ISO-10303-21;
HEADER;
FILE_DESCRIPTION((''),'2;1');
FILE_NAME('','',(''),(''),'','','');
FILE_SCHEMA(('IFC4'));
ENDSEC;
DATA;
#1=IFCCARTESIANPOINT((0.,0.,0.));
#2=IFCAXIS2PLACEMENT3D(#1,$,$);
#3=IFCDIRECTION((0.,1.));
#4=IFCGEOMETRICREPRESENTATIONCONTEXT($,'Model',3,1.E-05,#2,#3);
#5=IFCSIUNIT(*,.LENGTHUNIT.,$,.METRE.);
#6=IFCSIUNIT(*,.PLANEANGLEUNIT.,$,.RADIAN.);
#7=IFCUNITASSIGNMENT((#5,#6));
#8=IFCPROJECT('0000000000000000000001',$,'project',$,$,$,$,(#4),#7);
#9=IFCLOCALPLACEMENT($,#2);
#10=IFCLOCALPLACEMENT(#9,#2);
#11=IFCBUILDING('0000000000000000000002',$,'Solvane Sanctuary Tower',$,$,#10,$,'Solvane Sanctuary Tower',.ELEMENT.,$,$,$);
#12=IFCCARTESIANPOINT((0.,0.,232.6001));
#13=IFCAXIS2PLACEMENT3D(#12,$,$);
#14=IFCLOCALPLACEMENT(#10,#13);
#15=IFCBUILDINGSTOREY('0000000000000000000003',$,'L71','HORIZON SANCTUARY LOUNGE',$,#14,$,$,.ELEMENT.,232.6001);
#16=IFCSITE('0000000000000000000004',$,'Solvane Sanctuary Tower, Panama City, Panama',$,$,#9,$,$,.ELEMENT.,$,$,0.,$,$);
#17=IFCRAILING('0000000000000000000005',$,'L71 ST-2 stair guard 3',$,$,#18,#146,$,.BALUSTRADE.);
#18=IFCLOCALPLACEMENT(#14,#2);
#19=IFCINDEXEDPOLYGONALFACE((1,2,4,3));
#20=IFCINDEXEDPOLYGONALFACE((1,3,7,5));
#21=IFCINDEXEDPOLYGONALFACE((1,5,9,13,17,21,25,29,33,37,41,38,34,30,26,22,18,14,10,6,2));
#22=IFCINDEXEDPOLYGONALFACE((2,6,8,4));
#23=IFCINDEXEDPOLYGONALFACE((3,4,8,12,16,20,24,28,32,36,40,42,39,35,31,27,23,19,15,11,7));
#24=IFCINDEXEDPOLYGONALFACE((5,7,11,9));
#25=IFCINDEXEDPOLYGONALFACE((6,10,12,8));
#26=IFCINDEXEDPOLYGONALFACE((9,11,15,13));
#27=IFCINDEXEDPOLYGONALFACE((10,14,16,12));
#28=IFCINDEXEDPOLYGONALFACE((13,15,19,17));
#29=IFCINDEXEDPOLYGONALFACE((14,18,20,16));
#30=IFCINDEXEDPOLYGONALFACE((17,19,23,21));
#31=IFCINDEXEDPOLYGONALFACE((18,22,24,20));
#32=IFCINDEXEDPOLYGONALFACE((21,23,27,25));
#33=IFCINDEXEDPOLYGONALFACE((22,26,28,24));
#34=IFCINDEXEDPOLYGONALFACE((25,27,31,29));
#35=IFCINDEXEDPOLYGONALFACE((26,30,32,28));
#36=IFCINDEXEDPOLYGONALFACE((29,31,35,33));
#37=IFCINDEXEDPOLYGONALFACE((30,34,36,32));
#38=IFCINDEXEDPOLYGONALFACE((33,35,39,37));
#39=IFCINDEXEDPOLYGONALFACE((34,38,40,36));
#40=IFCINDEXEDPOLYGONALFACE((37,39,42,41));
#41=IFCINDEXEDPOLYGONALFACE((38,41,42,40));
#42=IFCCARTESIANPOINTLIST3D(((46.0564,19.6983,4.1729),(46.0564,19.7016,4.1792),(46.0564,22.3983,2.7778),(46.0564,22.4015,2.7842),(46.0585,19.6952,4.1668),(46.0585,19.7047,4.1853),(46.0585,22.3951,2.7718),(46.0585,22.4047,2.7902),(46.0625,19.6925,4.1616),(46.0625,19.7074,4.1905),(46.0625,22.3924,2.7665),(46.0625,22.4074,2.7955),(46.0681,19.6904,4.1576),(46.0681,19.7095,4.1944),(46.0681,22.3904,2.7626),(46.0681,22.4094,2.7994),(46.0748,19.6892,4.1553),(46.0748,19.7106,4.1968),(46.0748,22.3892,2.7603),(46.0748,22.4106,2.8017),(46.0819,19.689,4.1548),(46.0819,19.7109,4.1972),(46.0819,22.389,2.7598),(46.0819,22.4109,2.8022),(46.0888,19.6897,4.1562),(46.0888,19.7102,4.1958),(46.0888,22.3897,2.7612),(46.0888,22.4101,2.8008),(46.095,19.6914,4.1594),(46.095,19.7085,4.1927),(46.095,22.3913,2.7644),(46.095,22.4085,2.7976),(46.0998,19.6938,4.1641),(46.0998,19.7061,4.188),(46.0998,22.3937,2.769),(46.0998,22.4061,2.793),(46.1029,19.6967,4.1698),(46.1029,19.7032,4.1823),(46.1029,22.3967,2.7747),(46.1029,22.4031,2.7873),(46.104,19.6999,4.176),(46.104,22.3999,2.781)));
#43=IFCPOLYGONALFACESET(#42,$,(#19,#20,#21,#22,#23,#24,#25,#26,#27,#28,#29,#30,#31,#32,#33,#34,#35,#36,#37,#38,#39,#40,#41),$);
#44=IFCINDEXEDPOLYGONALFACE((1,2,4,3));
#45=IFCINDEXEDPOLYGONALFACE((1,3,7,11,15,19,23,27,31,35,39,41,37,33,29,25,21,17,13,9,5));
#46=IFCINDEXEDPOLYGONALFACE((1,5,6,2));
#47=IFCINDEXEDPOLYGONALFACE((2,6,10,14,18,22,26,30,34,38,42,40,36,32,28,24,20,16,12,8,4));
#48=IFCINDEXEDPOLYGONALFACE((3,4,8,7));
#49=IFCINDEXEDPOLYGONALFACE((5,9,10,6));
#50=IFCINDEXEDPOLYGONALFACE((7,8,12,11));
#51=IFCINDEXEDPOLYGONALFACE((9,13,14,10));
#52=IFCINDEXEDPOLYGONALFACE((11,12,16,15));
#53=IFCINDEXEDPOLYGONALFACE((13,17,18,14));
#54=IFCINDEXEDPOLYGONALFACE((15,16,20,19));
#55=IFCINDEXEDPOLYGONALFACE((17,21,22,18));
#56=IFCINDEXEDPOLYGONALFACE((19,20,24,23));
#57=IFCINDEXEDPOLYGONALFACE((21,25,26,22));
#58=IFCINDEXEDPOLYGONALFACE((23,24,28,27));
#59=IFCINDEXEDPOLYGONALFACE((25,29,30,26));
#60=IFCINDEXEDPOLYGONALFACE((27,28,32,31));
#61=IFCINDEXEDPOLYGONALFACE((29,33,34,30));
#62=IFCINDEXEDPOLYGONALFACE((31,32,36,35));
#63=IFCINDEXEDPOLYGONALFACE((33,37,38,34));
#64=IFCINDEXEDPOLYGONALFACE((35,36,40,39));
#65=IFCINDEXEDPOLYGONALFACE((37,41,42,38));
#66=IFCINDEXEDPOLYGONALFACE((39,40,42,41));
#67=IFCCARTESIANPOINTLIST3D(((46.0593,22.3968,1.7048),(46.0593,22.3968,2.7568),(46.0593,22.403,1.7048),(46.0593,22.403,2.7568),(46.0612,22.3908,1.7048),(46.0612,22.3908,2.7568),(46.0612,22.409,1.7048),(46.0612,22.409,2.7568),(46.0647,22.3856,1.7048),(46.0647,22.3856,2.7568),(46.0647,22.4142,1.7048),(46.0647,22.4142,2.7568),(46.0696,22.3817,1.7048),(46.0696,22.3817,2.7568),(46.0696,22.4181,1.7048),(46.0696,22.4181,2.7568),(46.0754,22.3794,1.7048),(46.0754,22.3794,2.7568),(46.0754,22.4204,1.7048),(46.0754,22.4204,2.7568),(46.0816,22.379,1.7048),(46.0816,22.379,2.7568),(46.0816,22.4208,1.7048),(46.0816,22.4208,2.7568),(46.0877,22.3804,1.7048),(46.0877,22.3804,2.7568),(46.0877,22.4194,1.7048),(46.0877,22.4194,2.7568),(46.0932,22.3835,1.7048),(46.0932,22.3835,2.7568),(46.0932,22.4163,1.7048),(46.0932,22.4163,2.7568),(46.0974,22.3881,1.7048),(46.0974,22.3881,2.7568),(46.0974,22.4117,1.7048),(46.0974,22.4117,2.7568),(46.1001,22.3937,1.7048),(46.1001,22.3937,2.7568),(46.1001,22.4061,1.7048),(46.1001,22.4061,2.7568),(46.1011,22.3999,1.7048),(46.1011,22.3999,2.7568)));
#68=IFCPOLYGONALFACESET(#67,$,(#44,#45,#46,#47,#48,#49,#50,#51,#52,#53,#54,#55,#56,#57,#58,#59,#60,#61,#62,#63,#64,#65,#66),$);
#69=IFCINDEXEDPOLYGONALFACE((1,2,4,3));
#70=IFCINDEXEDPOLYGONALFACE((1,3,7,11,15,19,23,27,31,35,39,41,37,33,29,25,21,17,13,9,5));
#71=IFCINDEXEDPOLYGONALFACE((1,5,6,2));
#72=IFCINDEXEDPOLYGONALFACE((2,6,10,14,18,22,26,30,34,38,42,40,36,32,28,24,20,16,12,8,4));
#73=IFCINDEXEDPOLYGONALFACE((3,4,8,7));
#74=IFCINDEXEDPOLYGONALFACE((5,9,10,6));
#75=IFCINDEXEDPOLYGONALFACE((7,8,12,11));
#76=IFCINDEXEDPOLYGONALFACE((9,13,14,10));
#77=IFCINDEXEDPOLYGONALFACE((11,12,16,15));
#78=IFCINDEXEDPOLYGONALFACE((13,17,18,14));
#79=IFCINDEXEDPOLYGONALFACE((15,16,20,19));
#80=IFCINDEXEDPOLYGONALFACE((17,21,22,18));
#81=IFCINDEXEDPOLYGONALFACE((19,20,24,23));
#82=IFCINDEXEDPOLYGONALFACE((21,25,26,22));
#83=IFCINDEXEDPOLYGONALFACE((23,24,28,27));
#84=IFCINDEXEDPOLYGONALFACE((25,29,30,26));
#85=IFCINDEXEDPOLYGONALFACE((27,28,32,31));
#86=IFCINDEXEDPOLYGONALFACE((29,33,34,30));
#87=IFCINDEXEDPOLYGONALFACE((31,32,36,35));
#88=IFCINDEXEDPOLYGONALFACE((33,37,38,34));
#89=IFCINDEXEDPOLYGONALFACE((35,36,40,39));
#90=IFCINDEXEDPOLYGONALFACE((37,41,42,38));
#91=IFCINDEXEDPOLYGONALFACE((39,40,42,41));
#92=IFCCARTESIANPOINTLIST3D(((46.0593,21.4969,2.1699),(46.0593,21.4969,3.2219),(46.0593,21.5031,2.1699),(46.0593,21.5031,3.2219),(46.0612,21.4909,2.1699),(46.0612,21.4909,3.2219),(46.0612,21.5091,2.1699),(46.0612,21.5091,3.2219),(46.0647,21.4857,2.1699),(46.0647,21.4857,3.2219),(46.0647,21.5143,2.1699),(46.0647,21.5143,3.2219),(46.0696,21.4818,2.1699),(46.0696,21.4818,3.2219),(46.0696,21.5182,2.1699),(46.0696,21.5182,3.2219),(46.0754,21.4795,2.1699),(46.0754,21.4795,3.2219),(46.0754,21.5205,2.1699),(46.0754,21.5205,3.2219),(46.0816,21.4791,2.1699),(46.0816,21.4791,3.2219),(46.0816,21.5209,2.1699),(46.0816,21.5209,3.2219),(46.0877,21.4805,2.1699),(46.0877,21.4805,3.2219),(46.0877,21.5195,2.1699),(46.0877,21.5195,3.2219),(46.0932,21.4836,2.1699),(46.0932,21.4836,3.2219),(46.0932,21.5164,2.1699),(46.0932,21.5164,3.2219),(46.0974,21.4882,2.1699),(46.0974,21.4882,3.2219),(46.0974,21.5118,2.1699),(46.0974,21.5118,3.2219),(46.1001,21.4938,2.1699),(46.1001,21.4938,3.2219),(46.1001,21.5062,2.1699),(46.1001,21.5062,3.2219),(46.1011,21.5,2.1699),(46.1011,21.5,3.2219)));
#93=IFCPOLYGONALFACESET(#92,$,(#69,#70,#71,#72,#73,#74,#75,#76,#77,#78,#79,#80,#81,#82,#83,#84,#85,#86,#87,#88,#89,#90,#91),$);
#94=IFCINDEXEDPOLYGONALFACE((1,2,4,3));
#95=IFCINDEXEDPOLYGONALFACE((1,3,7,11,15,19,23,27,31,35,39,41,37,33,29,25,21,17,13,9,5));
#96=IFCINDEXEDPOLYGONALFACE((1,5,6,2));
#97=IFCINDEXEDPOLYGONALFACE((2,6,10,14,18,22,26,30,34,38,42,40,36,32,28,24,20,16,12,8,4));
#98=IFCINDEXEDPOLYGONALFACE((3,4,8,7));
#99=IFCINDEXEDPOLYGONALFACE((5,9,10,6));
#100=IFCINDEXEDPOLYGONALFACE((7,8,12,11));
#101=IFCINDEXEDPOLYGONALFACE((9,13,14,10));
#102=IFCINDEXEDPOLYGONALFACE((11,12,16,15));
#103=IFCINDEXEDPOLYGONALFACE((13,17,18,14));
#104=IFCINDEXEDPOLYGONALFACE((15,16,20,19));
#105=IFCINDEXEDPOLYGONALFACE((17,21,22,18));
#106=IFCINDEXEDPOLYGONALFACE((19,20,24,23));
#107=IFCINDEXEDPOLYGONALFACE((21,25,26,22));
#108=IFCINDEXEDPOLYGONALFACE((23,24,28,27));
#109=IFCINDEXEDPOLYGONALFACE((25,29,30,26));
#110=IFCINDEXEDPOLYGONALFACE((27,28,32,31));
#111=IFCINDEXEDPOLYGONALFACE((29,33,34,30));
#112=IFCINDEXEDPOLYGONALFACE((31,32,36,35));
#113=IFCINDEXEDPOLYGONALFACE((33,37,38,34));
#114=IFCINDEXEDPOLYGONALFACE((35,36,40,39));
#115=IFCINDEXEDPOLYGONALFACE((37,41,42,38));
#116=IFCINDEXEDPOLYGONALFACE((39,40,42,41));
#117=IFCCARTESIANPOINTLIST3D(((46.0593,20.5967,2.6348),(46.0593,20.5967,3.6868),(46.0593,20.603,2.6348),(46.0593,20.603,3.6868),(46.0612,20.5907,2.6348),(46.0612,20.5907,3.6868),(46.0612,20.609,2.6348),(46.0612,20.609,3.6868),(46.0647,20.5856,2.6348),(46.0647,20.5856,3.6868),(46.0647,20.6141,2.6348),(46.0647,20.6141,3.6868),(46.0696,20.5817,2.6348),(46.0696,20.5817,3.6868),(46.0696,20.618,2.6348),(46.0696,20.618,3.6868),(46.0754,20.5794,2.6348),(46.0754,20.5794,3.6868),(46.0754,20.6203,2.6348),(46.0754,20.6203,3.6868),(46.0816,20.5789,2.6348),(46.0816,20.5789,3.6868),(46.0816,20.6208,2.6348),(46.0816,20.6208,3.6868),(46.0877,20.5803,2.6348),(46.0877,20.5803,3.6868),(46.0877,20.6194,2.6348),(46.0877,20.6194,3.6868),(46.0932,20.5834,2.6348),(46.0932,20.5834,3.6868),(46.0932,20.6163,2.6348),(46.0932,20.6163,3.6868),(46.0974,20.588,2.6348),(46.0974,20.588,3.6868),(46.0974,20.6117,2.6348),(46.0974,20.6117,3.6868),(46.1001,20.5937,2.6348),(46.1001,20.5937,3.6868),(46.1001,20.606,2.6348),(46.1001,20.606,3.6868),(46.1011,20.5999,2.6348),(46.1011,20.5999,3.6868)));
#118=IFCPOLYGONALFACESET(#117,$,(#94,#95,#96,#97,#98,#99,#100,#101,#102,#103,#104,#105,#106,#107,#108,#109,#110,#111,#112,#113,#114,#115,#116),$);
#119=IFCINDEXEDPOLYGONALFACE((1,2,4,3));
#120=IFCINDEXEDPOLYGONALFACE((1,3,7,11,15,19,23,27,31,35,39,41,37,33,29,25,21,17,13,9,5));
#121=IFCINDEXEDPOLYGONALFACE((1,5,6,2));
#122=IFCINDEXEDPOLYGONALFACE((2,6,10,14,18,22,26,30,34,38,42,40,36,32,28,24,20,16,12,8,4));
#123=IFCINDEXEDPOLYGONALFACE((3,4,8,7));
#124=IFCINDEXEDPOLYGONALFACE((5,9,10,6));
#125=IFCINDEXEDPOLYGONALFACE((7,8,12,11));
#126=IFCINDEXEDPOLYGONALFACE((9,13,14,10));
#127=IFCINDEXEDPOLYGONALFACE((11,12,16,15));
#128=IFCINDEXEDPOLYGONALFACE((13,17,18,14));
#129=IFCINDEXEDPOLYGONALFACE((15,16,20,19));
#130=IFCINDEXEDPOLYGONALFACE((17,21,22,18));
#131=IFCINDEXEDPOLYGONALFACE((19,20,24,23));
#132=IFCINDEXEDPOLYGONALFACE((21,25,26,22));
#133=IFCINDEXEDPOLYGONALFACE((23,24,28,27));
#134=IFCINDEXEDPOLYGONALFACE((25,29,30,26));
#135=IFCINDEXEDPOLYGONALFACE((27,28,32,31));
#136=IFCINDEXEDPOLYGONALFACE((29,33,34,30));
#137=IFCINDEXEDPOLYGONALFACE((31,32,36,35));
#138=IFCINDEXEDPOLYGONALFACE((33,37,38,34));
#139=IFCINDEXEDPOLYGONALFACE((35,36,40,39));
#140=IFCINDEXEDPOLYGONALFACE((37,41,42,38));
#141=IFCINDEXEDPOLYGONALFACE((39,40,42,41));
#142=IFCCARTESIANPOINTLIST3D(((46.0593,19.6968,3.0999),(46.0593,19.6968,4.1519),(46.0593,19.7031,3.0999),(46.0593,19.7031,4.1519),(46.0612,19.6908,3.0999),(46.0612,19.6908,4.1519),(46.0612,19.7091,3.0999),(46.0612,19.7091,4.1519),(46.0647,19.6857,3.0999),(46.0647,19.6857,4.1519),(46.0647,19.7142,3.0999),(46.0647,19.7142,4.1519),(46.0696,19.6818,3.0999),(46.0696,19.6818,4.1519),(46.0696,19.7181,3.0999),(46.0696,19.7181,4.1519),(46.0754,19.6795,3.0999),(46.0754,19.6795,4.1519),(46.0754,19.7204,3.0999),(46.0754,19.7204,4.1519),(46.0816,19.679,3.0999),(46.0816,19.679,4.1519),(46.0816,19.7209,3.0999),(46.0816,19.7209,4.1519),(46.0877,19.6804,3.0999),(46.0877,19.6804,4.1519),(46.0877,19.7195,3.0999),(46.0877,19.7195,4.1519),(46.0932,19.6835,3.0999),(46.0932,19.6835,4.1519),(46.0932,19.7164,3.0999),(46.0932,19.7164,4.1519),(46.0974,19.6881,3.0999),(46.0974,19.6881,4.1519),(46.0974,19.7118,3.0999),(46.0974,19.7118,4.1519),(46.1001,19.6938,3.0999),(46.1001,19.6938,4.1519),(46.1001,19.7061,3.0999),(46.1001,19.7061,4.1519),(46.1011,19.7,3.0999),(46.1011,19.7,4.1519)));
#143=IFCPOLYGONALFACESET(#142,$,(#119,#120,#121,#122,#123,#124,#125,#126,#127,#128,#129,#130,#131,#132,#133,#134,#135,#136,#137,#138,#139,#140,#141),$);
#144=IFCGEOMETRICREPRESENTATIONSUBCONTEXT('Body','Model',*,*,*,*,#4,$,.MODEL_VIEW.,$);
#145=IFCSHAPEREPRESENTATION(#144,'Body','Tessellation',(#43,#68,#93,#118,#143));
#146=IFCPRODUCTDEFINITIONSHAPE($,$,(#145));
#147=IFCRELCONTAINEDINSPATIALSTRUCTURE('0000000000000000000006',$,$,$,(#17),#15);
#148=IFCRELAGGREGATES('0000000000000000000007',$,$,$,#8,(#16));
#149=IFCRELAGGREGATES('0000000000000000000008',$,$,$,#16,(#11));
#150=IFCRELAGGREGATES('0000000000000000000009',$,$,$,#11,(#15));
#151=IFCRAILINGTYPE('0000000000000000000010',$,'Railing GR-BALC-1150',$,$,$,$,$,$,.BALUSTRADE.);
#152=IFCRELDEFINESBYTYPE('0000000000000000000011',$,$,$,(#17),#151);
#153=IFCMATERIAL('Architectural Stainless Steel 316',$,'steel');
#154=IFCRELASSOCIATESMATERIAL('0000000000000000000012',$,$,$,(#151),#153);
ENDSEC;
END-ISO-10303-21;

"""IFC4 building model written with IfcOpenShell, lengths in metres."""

from ifc_helpers import new_model, si_unit, direction, frame, origin, origin_2d, place, context, subcontext, project, spatial, circle, extrude, material, type_object, element, save


model = new_model("IFC4")

# Units and contexts
model_context = context("Model", 3, precision=1e-05, world=origin(), true_north=direction((0.0, 1.0)))
body_context = subcontext(model_context, "Body", "Model", "MODEL_VIEW")
ifc_project = project(units=[si_unit("LENGTHUNIT", "METRE"), si_unit("PLANEANGLEUNIT", "RADIAN")], contexts=[model_context])

# Site, building, storey
site_placement = place(None, origin())
site = spatial("IfcSite", under=ifc_project, at=site_placement, Name="Solvane Sanctuary Tower, Panama City, Panama", CompositionType="ELEMENT", RefElevation=0.0)
building_placement = place(site_placement, origin())
building = spatial("IfcBuilding", under=site, at=building_placement, Name="Solvane Sanctuary Tower", LongName="Solvane Sanctuary Tower", CompositionType="ELEMENT")
storey_placement = place(building_placement, frame((0.0, 0.0, 232.6001)))
storey = spatial("IfcBuildingStorey", under=building, at=storey_placement, Name="L71", Description="HORIZON SANCTUARY LOUNGE", CompositionType="ELEMENT", Elevation=232.6001)

# Shared definitions
ifc_material_1 = material(Name="Architectural Stainless Steel 316", Category="steel")

# Railing
railing_type_1 = type_object("IfcRailingType", Name="Railing GR-BALC-1150", PredefinedType="BALUSTRADE", material=ifc_material_1)
railing_1_placement = place(storey_placement, frame((46.0801, 22.3999, 1.7048)))
element("IfcRailing", 1, at=railing_1_placement, inside=storey, type_object=railing_type_1, Name="L71 ST-2 stair guard 3", PredefinedType="BALUSTRADE", context=body_context, shape_type="SweptSolid", body=[
    extrude(circle(Radius=0.0239, at=origin_2d()), frame((0.0, 0.0, 1.0762), z_axis=(0.0, -0.88842, 0.459032), x_axis=(1.0, 0.0, 0.0)), (0.0, 0.0, 1.0), 3.0391),
    extrude(circle(Radius=0.021, at=origin_2d()), origin(), (0.0, 0.0, 1.0), 1.052),
    extrude(circle(Radius=0.021, at=origin_2d()), frame((0.0, -0.8999, 0.4651)), (0.0, 0.0, 1.0), 1.052),
    extrude(circle(Radius=0.021, at=origin_2d()), frame((0.0, -1.8, 0.9299)), (0.0, 0.0, 1.0), 1.052),
    extrude(circle(Radius=0.021, at=origin_2d()), frame((0.0, -2.7, 1.395)), (0.0, 0.0, 1.0), 1.052),
])

save(model, "model.ifc")
